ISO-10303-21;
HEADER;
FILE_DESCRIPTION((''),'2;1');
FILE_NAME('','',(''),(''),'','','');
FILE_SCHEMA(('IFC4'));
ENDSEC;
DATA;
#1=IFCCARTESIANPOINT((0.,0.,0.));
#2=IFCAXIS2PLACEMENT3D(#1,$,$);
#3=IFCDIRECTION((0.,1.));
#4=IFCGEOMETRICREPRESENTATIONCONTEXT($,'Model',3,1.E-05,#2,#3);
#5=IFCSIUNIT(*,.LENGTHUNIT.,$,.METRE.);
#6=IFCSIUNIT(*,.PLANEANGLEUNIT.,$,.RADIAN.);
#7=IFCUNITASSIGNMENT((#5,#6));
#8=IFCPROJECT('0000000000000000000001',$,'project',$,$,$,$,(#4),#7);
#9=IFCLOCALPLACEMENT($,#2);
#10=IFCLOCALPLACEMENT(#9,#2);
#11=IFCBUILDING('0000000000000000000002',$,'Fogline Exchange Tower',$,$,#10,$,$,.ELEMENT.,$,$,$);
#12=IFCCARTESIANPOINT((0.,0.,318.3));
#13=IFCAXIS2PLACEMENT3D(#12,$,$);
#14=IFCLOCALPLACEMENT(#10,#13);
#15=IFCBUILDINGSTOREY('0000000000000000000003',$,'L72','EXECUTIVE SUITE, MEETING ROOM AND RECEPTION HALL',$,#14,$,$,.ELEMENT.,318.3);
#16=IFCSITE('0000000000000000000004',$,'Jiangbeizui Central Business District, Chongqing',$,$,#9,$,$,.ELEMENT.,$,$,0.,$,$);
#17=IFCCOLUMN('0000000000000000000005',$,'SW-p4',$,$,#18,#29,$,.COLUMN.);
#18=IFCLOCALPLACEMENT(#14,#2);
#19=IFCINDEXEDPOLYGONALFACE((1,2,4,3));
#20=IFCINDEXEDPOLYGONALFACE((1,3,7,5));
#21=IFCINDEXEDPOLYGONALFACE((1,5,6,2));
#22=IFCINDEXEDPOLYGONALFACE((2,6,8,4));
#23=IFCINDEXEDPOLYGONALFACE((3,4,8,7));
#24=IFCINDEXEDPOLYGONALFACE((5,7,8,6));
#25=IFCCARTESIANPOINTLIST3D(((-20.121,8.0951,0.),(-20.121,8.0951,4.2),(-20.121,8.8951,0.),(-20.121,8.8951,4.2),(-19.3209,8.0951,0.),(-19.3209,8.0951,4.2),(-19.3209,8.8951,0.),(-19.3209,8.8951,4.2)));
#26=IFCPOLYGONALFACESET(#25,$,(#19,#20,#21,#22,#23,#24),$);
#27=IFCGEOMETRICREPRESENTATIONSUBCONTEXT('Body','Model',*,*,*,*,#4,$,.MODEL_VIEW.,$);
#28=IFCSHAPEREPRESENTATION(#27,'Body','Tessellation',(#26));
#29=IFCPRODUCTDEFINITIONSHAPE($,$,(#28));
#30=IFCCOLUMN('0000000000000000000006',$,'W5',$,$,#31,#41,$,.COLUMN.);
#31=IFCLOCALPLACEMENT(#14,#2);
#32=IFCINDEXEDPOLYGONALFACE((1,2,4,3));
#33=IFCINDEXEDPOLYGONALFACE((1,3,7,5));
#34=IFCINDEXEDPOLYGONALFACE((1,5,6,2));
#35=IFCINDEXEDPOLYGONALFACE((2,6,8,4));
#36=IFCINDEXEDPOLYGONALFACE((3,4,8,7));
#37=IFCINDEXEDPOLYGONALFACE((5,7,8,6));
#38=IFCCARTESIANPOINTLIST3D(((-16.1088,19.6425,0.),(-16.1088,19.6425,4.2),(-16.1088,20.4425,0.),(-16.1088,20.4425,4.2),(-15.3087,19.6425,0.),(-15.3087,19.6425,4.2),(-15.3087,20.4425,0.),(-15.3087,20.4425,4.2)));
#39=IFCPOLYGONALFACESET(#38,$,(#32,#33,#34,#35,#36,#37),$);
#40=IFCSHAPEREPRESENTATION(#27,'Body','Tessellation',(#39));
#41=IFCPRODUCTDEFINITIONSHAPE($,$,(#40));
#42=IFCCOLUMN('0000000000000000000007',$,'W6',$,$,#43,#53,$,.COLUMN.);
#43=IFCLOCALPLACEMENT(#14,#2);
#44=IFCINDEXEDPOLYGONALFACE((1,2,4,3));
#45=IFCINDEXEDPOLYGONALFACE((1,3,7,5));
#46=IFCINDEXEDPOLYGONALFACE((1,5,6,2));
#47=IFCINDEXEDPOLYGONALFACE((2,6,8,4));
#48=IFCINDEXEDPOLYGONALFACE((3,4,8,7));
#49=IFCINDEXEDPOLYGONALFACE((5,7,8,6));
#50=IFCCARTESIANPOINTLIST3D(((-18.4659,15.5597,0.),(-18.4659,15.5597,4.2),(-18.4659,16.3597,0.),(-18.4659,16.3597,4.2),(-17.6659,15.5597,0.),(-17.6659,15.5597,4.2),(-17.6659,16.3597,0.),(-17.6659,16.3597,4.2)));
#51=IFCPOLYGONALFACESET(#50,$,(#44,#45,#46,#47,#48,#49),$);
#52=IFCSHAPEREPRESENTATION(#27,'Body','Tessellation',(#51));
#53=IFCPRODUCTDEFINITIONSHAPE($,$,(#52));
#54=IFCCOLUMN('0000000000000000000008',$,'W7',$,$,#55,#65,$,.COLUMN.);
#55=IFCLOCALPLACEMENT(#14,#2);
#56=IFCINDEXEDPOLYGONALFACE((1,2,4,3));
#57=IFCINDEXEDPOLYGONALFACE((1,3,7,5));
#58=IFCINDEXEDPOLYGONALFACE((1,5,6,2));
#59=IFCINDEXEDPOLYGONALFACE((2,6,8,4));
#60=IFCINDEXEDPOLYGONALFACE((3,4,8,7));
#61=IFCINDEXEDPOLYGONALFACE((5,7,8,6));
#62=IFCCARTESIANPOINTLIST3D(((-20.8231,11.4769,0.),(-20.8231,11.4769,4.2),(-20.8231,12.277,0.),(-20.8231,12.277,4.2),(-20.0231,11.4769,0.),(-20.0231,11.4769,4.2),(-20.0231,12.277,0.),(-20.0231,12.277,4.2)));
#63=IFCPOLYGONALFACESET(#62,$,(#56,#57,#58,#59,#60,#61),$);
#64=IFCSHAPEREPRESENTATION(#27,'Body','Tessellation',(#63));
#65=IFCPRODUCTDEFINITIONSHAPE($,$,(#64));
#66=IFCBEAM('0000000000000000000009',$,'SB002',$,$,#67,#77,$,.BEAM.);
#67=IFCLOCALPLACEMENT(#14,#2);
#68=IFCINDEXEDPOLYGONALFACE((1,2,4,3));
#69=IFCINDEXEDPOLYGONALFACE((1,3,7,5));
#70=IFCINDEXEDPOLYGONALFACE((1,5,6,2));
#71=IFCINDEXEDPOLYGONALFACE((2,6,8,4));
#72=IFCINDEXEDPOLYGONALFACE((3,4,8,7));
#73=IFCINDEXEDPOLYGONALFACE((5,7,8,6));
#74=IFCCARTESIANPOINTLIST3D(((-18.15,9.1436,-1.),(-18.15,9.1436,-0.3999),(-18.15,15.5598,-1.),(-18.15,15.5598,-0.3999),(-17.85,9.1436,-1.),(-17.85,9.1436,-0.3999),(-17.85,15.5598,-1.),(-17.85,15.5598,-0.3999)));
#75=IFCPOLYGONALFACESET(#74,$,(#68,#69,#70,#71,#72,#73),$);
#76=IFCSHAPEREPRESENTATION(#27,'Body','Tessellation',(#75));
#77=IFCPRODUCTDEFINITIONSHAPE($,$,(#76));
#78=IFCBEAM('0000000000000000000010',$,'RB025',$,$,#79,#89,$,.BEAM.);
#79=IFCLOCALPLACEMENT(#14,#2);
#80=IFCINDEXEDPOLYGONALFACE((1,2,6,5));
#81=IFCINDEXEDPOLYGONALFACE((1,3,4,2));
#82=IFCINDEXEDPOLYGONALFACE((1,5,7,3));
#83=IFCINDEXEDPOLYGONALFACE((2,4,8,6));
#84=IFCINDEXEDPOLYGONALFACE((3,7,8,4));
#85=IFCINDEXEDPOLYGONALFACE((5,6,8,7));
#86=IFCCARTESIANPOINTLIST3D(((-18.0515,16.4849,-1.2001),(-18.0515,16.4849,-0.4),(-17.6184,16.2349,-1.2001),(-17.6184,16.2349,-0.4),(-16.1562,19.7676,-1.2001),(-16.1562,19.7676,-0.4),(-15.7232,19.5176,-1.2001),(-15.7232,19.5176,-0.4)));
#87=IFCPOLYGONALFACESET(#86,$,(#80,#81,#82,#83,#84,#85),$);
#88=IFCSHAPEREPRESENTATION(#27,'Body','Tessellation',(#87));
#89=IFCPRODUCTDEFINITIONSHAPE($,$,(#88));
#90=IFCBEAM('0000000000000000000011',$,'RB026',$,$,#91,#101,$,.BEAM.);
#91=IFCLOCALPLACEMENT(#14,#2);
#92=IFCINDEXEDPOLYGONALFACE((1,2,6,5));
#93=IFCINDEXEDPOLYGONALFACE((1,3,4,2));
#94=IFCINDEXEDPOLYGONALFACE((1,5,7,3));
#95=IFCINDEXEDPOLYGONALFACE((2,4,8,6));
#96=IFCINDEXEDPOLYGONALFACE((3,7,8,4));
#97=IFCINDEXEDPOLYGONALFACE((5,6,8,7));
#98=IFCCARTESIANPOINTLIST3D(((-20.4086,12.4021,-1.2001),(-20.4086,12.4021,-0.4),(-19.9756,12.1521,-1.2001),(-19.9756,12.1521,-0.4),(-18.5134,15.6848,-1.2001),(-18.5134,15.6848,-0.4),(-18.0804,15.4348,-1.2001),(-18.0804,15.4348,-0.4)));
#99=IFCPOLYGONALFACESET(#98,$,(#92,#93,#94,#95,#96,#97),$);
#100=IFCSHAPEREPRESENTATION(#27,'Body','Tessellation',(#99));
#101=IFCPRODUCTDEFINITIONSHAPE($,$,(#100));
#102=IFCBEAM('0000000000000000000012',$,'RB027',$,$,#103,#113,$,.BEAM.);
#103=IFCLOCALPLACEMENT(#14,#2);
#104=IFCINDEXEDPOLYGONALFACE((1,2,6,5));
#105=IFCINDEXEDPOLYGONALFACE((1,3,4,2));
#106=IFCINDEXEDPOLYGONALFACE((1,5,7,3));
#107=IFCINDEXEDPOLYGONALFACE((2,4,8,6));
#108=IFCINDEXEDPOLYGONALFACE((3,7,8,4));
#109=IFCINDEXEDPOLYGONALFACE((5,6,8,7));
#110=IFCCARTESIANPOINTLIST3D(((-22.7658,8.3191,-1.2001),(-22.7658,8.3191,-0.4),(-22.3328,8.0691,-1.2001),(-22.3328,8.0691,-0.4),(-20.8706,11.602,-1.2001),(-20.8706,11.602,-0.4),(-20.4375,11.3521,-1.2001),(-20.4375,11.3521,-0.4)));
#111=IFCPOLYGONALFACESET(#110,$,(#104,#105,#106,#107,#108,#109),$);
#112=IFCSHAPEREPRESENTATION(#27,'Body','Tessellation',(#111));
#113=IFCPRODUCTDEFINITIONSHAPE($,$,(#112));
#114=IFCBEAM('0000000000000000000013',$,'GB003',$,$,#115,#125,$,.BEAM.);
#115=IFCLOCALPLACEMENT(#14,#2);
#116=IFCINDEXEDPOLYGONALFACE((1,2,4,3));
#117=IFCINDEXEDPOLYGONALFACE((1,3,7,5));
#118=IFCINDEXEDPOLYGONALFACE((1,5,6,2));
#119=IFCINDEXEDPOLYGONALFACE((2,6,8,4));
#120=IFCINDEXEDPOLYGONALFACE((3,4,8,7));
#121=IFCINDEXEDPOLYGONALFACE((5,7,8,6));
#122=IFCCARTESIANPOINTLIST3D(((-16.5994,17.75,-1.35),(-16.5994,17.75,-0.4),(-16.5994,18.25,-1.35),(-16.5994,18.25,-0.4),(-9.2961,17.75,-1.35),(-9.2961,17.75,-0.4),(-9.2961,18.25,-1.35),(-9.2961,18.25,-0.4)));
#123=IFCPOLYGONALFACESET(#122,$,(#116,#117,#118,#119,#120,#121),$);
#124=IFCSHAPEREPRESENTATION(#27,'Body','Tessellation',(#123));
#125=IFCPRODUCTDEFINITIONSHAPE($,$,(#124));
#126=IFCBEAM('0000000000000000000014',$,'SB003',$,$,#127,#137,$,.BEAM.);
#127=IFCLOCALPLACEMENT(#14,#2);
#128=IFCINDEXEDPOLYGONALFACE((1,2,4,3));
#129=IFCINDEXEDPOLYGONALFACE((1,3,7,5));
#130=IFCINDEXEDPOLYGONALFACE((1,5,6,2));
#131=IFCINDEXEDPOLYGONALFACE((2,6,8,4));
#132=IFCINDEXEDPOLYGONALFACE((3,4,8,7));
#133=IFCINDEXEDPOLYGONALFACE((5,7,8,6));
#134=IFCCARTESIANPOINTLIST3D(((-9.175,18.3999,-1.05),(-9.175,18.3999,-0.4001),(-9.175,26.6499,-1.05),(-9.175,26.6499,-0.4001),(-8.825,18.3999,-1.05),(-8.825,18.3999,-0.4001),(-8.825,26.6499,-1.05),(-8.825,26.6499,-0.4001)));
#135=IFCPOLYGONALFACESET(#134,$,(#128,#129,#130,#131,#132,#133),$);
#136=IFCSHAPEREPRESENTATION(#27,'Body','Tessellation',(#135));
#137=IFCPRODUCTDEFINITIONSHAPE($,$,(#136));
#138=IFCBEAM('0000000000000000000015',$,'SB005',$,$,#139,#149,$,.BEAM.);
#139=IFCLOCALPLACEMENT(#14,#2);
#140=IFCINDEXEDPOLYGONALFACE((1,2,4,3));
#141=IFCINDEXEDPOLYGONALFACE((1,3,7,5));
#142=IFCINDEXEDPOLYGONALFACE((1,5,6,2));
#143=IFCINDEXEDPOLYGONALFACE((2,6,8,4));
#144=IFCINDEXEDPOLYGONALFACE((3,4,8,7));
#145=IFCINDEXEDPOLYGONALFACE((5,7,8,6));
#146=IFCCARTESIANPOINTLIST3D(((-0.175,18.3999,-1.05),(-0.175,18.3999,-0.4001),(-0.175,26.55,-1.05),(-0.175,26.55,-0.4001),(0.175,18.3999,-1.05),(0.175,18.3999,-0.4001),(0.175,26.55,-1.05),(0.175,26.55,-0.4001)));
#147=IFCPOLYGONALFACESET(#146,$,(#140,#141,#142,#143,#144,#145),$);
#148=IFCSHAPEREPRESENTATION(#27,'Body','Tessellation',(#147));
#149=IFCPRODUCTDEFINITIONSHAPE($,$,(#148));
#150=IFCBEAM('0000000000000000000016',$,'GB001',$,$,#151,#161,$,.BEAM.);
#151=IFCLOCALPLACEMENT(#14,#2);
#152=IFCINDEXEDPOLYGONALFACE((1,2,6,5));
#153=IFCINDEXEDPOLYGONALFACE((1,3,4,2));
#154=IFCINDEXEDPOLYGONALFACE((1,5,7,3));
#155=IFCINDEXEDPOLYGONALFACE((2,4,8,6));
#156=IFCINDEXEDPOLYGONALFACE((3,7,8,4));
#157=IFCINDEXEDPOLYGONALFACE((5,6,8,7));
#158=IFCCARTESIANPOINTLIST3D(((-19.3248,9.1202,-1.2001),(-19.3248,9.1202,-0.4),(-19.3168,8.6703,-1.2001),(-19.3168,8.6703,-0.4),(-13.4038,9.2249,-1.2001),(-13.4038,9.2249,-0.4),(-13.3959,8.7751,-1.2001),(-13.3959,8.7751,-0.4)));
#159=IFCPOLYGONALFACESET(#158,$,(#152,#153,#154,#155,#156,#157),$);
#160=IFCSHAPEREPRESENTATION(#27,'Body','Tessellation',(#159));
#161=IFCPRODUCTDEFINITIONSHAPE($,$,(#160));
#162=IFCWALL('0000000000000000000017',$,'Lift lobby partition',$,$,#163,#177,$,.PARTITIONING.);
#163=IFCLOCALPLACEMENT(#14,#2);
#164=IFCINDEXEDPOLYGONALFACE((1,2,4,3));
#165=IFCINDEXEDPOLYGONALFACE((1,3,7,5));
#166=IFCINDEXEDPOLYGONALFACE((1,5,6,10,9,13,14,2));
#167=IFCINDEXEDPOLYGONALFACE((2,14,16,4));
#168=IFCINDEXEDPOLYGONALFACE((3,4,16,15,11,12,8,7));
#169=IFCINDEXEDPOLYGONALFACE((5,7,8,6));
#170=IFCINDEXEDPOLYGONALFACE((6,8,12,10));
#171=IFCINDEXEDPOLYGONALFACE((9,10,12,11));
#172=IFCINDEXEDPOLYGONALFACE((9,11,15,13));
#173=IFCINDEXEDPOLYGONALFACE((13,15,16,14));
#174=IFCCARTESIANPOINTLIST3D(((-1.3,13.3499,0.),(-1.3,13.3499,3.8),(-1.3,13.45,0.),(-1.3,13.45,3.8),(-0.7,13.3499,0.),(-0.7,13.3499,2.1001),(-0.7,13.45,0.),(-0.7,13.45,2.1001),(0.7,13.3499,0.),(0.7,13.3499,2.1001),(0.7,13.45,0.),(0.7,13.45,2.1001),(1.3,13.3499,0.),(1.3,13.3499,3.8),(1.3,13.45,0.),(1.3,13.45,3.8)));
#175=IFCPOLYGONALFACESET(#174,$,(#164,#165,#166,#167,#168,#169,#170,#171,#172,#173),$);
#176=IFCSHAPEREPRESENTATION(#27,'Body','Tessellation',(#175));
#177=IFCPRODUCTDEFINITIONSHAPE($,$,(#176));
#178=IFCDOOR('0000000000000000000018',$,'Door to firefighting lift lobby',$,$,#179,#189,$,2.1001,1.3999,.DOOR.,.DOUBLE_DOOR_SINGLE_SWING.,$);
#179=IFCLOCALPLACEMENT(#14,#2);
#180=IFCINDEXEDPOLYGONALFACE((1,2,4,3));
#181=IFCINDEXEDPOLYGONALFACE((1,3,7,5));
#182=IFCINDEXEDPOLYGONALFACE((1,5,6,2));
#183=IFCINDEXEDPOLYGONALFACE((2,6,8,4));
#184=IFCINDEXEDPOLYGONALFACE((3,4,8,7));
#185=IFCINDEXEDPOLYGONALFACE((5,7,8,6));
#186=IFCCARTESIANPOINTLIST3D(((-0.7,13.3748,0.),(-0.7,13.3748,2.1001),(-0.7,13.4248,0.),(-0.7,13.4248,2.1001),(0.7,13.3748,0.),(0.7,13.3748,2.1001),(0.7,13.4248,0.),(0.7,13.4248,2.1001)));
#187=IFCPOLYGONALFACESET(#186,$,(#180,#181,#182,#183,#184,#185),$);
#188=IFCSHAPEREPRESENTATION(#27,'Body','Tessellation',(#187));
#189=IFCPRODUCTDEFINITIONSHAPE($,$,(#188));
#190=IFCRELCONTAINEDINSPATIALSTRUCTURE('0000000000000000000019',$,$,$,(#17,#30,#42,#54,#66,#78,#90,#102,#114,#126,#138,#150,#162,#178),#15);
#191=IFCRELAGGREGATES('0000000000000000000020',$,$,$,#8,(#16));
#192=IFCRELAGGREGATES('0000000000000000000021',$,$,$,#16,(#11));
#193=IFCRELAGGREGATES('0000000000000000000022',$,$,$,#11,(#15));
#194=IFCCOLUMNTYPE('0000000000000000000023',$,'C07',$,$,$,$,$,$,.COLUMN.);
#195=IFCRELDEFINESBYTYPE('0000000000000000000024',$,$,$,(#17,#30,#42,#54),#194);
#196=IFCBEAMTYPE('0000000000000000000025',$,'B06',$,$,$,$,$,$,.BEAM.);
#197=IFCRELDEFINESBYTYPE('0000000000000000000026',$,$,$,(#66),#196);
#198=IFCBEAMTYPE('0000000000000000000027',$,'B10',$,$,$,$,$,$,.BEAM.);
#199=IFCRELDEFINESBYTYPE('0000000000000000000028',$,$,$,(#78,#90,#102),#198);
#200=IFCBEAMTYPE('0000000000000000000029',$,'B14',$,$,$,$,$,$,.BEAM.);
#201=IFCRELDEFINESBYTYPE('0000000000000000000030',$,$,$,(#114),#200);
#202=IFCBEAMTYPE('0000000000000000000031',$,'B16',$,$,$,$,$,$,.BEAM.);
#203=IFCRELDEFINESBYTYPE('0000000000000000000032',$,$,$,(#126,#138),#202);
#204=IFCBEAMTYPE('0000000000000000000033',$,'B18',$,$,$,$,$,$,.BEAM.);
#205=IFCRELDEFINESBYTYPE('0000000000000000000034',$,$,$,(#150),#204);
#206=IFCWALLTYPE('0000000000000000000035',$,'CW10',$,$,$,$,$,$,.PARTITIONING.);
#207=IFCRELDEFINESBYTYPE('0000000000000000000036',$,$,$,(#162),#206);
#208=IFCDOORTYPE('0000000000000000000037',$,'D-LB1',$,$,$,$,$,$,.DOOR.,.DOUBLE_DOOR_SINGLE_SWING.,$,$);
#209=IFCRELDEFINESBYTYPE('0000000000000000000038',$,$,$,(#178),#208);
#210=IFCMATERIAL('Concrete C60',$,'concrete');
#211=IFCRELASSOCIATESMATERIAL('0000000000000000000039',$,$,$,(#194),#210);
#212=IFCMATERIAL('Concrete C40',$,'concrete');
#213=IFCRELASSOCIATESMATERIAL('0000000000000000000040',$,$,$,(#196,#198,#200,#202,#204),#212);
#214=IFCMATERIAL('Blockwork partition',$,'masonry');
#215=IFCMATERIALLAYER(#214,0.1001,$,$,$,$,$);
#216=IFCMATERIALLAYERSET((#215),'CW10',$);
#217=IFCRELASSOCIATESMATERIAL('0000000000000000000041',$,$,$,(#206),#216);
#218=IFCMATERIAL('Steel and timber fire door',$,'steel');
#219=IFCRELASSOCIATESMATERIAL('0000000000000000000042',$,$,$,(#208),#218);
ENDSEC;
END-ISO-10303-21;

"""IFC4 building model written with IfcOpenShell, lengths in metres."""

from ifc_helpers import new_model, si_unit, direction, frame, frame_2d, origin, origin_2d, place, context, subcontext, project, spatial, rectangle, extrude, material, layer, layer_set, material_profile, profile_set, type_object, element, fill, save


model = new_model("IFC4")

# Units and contexts
model_context = context("Model", 3, precision=1e-05, world=origin(), true_north=direction((0.0, 1.0)))
body_context = subcontext(model_context, "Body", "Model", "MODEL_VIEW")
ifc_project = project(units=[si_unit("LENGTHUNIT", "METRE"), si_unit("PLANEANGLEUNIT", "RADIAN")], contexts=[model_context])

# Site, building, storey
site_placement = place(None, origin())
site = spatial("IfcSite", under=ifc_project, at=site_placement, Name="Jiangbeizui Central Business District, Chongqing", CompositionType="ELEMENT", RefElevation=0.0)
building_placement = place(site_placement, origin())
building = spatial("IfcBuilding", under=site, at=building_placement, Name="Fogline Exchange Tower", CompositionType="ELEMENT")
storey_placement = place(building_placement, frame((0.0, 0.0, 318.3)))
storey = spatial("IfcBuildingStorey", under=building, at=storey_placement, Name="L72", Description="EXECUTIVE SUITE, MEETING ROOM AND RECEPTION HALL", CompositionType="ELEMENT", Elevation=318.3)

# Columns
ifc_material_1 = material(Name="Concrete C60", Category="concrete")
ifc_material_profile_1 = material_profile(ifc_material_1, rectangle(XDim=0.8, YDim=0.8, at=origin_2d()), Name="RC 800x800")
ifc_profile_set_1 = profile_set([ifc_material_profile_1], Name="Concrete C60")
column_type = type_object("IfcColumnType", Name="C07", PredefinedType="COLUMN", material=ifc_profile_set_1)
for number, where, z_axis, x_axis, name in (
    (1, (-19.7209, 8.4951, 0.0), (0.0, 0.0, 1.0), (1.0, 0.0, 0.0), "SW-p4"),
    (2, (-15.7087, 20.0425, 0.0), (0.0, 0.0, 1.0), (1.0, 0.0, 0.0), "W5"),
    (3, (-18.0659, 15.9597, 0.0), (0.0, 0.0, 1.0), (1.0, 0.0, 0.0), "W6"),
    (4, (-20.4231, 11.877, 0.0), (0.0, 0.0, 1.0), (1.0, 0.0, 0.0), "W7"),
):
    element("IfcColumn", number, at=place(storey_placement, frame(where, z_axis=z_axis, x_axis=x_axis)), inside=storey, type_object=column_type, Name=name, PredefinedType="COLUMN", context=body_context, shape_type="SweptSolid", body=[
        extrude(rectangle(XDim=0.8, YDim=0.8, at=origin_2d()), origin(), (0.0, 0.0, 1.0), 4.2),
    ])

# Beams
ifc_material_2 = material(Name="Concrete C40", Category="concrete")
ifc_material_profile_2 = material_profile(ifc_material_2, rectangle(XDim=0.3, YDim=0.6001, at=origin_2d()), Name="RC 300x600")
ifc_profile_set_2 = profile_set([ifc_material_profile_2], Name="Concrete C40")
beam_type_1 = type_object("IfcBeamType", Name="B06", PredefinedType="BEAM", material=ifc_profile_set_2)
beam_1_placement = place(storey_placement, frame((-18.0, 9.1436, -0.7), z_axis=(0.0, 1.0, 0.0), x_axis=(-1.0, 0.0, 0.0)))
element("IfcBeam", 5, at=beam_1_placement, inside=storey, type_object=beam_type_1, Name="SB002", PredefinedType="BEAM", context=body_context, shape_type="SweptSolid", body=[
    extrude(rectangle(XDim=0.3, YDim=0.6001, at=origin_2d()), origin(), (0.0, 0.0, 1.0), 6.4163),
])
ifc_material_profile_3 = material_profile(ifc_material_2, rectangle(XDim=0.5, YDim=0.8, at=origin_2d()), Name="RC 500x800")
ifc_profile_set_3 = profile_set([ifc_material_profile_3], Name="Concrete C40")
beam_type_2 = type_object("IfcBeamType", Name="B10", PredefinedType="BEAM", material=ifc_profile_set_3)
for number, where, z_axis, x_axis, name in (
    (6, (-15.9397, 19.6426, -0.8), (-0.499998, -0.866027, 0.0), (0.866027, -0.499998, 0.0), "RB025"),
    (7, (-18.2969, 15.5598, -0.8), (-0.499998, -0.866027, 0.0), (0.866027, -0.499998, 0.0), "RB026"),
):
    element("IfcBeam", number, at=place(storey_placement, frame(where, z_axis=z_axis, x_axis=x_axis)), inside=storey, type_object=beam_type_2, Name=name, PredefinedType="BEAM", context=body_context, shape_type="SweptSolid", body=[
        extrude(rectangle(XDim=0.5, YDim=0.8, at=origin_2d()), origin(), (0.0, 0.0, 1.0), 3.7905),
    ])
beam_2_placement = place(storey_placement, frame((-20.6541, 11.4771, -0.8), z_axis=(-0.49997, -0.866043, 0.0), x_axis=(0.866043, -0.49997, 0.0)))
element("IfcBeam", 8, at=beam_2_placement, inside=storey, type_object=beam_type_2, Name="RB027", PredefinedType="BEAM", context=body_context, shape_type="SweptSolid", body=[
    extrude(rectangle(XDim=0.5, YDim=0.8, at=origin_2d()), origin(), (0.0, 0.0, 1.0), 3.7908),
])
ifc_material_profile_4 = material_profile(ifc_material_2, rectangle(XDim=0.5, YDim=0.95, at=origin_2d()), Name="RC 500x950")
ifc_profile_set_4 = profile_set([ifc_material_profile_4], Name="Concrete C40")
beam_type_3 = type_object("IfcBeamType", Name="B14", PredefinedType="BEAM", material=ifc_profile_set_4)
beam_3_placement = place(storey_placement, frame((-16.5994, 18.0, -0.875), z_axis=(1.0, 0.0, 0.0), x_axis=(0.0, 1.0, 0.0)))
element("IfcBeam", 9, at=beam_3_placement, inside=storey, type_object=beam_type_3, Name="GB003", PredefinedType="BEAM", context=body_context, shape_type="SweptSolid", body=[
    extrude(rectangle(XDim=0.5, YDim=0.95, at=origin_2d()), origin(), (0.0, 0.0, 1.0), 7.3032),
])
ifc_material_profile_5 = material_profile(ifc_material_2, rectangle(XDim=0.3501, YDim=0.6499, at=origin_2d()), Name="RC 350x650")
ifc_profile_set_5 = profile_set([ifc_material_profile_5], Name="Concrete C40")
beam_type_4 = type_object("IfcBeamType", Name="B16", PredefinedType="BEAM", material=ifc_profile_set_5)
beam_4_placement = place(storey_placement, frame((-9.0, 18.3999, -0.7251), z_axis=(0.0, 1.0, 0.0), x_axis=(-1.0, 0.0, 0.0)))
element("IfcBeam", 10, at=beam_4_placement, inside=storey, type_object=beam_type_4, Name="SB003", PredefinedType="BEAM", context=body_context, shape_type="SweptSolid", body=[
    extrude(rectangle(XDim=0.3501, YDim=0.6499, at=origin_2d()), origin(), (0.0, 0.0, 1.0), 8.25),
])
beam_5_placement = place(storey_placement, frame((0.0, 18.3999, -0.7251), z_axis=(0.0, 1.0, 0.0), x_axis=(-1.0, 0.0, 0.0)))
element("IfcBeam", 11, at=beam_5_placement, inside=storey, type_object=beam_type_4, Name="SB005", PredefinedType="BEAM", context=body_context, shape_type="SweptSolid", body=[
    extrude(rectangle(XDim=0.3501, YDim=0.6499, at=origin_2d()), origin(), (0.0, 0.0, 1.0), 8.1501),
])
ifc_material_profile_6 = material_profile(ifc_material_2, rectangle(XDim=0.45, YDim=0.8, at=origin_2d()), Name="RC 450x800")
ifc_profile_set_6 = profile_set([ifc_material_profile_6], Name="Concrete C40")
beam_type_5 = type_object("IfcBeamType", Name="B18", PredefinedType="BEAM", material=ifc_profile_set_6)
beam_6_placement = place(storey_placement, frame((-19.3208, 8.8953, -0.8), z_axis=(0.999844, 0.017686, 0.0), x_axis=(-0.017686, 0.999844, 0.0)))
element("IfcBeam", 12, at=beam_6_placement, inside=storey, type_object=beam_type_5, Name="GB001", PredefinedType="BEAM", context=body_context, shape_type="SweptSolid", body=[
    extrude(rectangle(XDim=0.45, YDim=0.8, at=origin_2d()), origin(), (0.0, 0.0, 1.0), 5.9219),
])

# Wall, opening, door
ifc_material_3 = material(Name="Blockwork partition", Category="masonry")
ifc_layer_1 = layer(ifc_material_3, 0.1001)
ifc_layer_set_1 = layer_set([ifc_layer_1], Name="CW10")
wall_type_1 = type_object("IfcWallType", Name="CW10", PredefinedType="PARTITIONING", material=ifc_layer_set_1)
wall_1_placement = place(storey_placement, frame((-1.3, 13.3999, 0.0), z_axis=(0.0, 0.0, 1.0), x_axis=(1.0, 0.0, 0.0)))
wall_1 = element("IfcWall", 13, at=wall_1_placement, inside=storey, type_object=wall_type_1, Name="Lift lobby partition", PredefinedType="PARTITIONING", context=body_context, shape_type="SweptSolid", body=[
    extrude(rectangle(XDim=2.6001, YDim=0.1001, at=frame_2d((1.3, 0.0))), origin(), (0.0, 0.0, 1.0), 3.8),
])
opening_1_placement = place(wall_1_placement, frame((0.6001, 0.0, 0.0)))
opening_1 = element("IfcOpeningElement", 14, at=opening_1_placement, cuts=wall_1, PredefinedType="OPENING", context=body_context, shape_type="SweptSolid", body=[
    extrude(rectangle(XDim=1.3999, YDim=2.1001, at=frame_2d((0.7, 1.05))), frame((0.0, 0.0601, 0.0), z_axis=(0.0, -1.0, 0.0), x_axis=(1.0, 0.0, 0.0)), (0.0, 0.0, 1.0), 0.1201),
])
ifc_material_4 = material(Name="Steel and timber fire door", Category="steel")
door_type_1 = type_object("IfcDoorType", Name="D-LB1", OperationType="DOUBLE_DOOR_SINGLE_SWING", PredefinedType="DOOR", material=ifc_material_4)
door_1_placement = place(opening_1_placement, origin())
door_1 = element("IfcDoor", 15, at=door_1_placement, inside=storey, type_object=door_type_1, Name="Door to firefighting lift lobby", OperationType="DOUBLE_DOOR_SINGLE_SWING", OverallHeight=2.1001, OverallWidth=1.3999, PredefinedType="DOOR", context=body_context, shape_type="SweptSolid", body=[
    extrude(rectangle(XDim=1.3999, YDim=2.1001, at=frame_2d((0.7, 1.05))), frame((0.0, 0.0249, 0.0), z_axis=(0.0, -1.0, 0.0), x_axis=(1.0, 0.0, 0.0)), (0.0, 0.0, 1.0), 0.05),
])
fill(opening_1, door_1)

save(model, "model.ifc")
